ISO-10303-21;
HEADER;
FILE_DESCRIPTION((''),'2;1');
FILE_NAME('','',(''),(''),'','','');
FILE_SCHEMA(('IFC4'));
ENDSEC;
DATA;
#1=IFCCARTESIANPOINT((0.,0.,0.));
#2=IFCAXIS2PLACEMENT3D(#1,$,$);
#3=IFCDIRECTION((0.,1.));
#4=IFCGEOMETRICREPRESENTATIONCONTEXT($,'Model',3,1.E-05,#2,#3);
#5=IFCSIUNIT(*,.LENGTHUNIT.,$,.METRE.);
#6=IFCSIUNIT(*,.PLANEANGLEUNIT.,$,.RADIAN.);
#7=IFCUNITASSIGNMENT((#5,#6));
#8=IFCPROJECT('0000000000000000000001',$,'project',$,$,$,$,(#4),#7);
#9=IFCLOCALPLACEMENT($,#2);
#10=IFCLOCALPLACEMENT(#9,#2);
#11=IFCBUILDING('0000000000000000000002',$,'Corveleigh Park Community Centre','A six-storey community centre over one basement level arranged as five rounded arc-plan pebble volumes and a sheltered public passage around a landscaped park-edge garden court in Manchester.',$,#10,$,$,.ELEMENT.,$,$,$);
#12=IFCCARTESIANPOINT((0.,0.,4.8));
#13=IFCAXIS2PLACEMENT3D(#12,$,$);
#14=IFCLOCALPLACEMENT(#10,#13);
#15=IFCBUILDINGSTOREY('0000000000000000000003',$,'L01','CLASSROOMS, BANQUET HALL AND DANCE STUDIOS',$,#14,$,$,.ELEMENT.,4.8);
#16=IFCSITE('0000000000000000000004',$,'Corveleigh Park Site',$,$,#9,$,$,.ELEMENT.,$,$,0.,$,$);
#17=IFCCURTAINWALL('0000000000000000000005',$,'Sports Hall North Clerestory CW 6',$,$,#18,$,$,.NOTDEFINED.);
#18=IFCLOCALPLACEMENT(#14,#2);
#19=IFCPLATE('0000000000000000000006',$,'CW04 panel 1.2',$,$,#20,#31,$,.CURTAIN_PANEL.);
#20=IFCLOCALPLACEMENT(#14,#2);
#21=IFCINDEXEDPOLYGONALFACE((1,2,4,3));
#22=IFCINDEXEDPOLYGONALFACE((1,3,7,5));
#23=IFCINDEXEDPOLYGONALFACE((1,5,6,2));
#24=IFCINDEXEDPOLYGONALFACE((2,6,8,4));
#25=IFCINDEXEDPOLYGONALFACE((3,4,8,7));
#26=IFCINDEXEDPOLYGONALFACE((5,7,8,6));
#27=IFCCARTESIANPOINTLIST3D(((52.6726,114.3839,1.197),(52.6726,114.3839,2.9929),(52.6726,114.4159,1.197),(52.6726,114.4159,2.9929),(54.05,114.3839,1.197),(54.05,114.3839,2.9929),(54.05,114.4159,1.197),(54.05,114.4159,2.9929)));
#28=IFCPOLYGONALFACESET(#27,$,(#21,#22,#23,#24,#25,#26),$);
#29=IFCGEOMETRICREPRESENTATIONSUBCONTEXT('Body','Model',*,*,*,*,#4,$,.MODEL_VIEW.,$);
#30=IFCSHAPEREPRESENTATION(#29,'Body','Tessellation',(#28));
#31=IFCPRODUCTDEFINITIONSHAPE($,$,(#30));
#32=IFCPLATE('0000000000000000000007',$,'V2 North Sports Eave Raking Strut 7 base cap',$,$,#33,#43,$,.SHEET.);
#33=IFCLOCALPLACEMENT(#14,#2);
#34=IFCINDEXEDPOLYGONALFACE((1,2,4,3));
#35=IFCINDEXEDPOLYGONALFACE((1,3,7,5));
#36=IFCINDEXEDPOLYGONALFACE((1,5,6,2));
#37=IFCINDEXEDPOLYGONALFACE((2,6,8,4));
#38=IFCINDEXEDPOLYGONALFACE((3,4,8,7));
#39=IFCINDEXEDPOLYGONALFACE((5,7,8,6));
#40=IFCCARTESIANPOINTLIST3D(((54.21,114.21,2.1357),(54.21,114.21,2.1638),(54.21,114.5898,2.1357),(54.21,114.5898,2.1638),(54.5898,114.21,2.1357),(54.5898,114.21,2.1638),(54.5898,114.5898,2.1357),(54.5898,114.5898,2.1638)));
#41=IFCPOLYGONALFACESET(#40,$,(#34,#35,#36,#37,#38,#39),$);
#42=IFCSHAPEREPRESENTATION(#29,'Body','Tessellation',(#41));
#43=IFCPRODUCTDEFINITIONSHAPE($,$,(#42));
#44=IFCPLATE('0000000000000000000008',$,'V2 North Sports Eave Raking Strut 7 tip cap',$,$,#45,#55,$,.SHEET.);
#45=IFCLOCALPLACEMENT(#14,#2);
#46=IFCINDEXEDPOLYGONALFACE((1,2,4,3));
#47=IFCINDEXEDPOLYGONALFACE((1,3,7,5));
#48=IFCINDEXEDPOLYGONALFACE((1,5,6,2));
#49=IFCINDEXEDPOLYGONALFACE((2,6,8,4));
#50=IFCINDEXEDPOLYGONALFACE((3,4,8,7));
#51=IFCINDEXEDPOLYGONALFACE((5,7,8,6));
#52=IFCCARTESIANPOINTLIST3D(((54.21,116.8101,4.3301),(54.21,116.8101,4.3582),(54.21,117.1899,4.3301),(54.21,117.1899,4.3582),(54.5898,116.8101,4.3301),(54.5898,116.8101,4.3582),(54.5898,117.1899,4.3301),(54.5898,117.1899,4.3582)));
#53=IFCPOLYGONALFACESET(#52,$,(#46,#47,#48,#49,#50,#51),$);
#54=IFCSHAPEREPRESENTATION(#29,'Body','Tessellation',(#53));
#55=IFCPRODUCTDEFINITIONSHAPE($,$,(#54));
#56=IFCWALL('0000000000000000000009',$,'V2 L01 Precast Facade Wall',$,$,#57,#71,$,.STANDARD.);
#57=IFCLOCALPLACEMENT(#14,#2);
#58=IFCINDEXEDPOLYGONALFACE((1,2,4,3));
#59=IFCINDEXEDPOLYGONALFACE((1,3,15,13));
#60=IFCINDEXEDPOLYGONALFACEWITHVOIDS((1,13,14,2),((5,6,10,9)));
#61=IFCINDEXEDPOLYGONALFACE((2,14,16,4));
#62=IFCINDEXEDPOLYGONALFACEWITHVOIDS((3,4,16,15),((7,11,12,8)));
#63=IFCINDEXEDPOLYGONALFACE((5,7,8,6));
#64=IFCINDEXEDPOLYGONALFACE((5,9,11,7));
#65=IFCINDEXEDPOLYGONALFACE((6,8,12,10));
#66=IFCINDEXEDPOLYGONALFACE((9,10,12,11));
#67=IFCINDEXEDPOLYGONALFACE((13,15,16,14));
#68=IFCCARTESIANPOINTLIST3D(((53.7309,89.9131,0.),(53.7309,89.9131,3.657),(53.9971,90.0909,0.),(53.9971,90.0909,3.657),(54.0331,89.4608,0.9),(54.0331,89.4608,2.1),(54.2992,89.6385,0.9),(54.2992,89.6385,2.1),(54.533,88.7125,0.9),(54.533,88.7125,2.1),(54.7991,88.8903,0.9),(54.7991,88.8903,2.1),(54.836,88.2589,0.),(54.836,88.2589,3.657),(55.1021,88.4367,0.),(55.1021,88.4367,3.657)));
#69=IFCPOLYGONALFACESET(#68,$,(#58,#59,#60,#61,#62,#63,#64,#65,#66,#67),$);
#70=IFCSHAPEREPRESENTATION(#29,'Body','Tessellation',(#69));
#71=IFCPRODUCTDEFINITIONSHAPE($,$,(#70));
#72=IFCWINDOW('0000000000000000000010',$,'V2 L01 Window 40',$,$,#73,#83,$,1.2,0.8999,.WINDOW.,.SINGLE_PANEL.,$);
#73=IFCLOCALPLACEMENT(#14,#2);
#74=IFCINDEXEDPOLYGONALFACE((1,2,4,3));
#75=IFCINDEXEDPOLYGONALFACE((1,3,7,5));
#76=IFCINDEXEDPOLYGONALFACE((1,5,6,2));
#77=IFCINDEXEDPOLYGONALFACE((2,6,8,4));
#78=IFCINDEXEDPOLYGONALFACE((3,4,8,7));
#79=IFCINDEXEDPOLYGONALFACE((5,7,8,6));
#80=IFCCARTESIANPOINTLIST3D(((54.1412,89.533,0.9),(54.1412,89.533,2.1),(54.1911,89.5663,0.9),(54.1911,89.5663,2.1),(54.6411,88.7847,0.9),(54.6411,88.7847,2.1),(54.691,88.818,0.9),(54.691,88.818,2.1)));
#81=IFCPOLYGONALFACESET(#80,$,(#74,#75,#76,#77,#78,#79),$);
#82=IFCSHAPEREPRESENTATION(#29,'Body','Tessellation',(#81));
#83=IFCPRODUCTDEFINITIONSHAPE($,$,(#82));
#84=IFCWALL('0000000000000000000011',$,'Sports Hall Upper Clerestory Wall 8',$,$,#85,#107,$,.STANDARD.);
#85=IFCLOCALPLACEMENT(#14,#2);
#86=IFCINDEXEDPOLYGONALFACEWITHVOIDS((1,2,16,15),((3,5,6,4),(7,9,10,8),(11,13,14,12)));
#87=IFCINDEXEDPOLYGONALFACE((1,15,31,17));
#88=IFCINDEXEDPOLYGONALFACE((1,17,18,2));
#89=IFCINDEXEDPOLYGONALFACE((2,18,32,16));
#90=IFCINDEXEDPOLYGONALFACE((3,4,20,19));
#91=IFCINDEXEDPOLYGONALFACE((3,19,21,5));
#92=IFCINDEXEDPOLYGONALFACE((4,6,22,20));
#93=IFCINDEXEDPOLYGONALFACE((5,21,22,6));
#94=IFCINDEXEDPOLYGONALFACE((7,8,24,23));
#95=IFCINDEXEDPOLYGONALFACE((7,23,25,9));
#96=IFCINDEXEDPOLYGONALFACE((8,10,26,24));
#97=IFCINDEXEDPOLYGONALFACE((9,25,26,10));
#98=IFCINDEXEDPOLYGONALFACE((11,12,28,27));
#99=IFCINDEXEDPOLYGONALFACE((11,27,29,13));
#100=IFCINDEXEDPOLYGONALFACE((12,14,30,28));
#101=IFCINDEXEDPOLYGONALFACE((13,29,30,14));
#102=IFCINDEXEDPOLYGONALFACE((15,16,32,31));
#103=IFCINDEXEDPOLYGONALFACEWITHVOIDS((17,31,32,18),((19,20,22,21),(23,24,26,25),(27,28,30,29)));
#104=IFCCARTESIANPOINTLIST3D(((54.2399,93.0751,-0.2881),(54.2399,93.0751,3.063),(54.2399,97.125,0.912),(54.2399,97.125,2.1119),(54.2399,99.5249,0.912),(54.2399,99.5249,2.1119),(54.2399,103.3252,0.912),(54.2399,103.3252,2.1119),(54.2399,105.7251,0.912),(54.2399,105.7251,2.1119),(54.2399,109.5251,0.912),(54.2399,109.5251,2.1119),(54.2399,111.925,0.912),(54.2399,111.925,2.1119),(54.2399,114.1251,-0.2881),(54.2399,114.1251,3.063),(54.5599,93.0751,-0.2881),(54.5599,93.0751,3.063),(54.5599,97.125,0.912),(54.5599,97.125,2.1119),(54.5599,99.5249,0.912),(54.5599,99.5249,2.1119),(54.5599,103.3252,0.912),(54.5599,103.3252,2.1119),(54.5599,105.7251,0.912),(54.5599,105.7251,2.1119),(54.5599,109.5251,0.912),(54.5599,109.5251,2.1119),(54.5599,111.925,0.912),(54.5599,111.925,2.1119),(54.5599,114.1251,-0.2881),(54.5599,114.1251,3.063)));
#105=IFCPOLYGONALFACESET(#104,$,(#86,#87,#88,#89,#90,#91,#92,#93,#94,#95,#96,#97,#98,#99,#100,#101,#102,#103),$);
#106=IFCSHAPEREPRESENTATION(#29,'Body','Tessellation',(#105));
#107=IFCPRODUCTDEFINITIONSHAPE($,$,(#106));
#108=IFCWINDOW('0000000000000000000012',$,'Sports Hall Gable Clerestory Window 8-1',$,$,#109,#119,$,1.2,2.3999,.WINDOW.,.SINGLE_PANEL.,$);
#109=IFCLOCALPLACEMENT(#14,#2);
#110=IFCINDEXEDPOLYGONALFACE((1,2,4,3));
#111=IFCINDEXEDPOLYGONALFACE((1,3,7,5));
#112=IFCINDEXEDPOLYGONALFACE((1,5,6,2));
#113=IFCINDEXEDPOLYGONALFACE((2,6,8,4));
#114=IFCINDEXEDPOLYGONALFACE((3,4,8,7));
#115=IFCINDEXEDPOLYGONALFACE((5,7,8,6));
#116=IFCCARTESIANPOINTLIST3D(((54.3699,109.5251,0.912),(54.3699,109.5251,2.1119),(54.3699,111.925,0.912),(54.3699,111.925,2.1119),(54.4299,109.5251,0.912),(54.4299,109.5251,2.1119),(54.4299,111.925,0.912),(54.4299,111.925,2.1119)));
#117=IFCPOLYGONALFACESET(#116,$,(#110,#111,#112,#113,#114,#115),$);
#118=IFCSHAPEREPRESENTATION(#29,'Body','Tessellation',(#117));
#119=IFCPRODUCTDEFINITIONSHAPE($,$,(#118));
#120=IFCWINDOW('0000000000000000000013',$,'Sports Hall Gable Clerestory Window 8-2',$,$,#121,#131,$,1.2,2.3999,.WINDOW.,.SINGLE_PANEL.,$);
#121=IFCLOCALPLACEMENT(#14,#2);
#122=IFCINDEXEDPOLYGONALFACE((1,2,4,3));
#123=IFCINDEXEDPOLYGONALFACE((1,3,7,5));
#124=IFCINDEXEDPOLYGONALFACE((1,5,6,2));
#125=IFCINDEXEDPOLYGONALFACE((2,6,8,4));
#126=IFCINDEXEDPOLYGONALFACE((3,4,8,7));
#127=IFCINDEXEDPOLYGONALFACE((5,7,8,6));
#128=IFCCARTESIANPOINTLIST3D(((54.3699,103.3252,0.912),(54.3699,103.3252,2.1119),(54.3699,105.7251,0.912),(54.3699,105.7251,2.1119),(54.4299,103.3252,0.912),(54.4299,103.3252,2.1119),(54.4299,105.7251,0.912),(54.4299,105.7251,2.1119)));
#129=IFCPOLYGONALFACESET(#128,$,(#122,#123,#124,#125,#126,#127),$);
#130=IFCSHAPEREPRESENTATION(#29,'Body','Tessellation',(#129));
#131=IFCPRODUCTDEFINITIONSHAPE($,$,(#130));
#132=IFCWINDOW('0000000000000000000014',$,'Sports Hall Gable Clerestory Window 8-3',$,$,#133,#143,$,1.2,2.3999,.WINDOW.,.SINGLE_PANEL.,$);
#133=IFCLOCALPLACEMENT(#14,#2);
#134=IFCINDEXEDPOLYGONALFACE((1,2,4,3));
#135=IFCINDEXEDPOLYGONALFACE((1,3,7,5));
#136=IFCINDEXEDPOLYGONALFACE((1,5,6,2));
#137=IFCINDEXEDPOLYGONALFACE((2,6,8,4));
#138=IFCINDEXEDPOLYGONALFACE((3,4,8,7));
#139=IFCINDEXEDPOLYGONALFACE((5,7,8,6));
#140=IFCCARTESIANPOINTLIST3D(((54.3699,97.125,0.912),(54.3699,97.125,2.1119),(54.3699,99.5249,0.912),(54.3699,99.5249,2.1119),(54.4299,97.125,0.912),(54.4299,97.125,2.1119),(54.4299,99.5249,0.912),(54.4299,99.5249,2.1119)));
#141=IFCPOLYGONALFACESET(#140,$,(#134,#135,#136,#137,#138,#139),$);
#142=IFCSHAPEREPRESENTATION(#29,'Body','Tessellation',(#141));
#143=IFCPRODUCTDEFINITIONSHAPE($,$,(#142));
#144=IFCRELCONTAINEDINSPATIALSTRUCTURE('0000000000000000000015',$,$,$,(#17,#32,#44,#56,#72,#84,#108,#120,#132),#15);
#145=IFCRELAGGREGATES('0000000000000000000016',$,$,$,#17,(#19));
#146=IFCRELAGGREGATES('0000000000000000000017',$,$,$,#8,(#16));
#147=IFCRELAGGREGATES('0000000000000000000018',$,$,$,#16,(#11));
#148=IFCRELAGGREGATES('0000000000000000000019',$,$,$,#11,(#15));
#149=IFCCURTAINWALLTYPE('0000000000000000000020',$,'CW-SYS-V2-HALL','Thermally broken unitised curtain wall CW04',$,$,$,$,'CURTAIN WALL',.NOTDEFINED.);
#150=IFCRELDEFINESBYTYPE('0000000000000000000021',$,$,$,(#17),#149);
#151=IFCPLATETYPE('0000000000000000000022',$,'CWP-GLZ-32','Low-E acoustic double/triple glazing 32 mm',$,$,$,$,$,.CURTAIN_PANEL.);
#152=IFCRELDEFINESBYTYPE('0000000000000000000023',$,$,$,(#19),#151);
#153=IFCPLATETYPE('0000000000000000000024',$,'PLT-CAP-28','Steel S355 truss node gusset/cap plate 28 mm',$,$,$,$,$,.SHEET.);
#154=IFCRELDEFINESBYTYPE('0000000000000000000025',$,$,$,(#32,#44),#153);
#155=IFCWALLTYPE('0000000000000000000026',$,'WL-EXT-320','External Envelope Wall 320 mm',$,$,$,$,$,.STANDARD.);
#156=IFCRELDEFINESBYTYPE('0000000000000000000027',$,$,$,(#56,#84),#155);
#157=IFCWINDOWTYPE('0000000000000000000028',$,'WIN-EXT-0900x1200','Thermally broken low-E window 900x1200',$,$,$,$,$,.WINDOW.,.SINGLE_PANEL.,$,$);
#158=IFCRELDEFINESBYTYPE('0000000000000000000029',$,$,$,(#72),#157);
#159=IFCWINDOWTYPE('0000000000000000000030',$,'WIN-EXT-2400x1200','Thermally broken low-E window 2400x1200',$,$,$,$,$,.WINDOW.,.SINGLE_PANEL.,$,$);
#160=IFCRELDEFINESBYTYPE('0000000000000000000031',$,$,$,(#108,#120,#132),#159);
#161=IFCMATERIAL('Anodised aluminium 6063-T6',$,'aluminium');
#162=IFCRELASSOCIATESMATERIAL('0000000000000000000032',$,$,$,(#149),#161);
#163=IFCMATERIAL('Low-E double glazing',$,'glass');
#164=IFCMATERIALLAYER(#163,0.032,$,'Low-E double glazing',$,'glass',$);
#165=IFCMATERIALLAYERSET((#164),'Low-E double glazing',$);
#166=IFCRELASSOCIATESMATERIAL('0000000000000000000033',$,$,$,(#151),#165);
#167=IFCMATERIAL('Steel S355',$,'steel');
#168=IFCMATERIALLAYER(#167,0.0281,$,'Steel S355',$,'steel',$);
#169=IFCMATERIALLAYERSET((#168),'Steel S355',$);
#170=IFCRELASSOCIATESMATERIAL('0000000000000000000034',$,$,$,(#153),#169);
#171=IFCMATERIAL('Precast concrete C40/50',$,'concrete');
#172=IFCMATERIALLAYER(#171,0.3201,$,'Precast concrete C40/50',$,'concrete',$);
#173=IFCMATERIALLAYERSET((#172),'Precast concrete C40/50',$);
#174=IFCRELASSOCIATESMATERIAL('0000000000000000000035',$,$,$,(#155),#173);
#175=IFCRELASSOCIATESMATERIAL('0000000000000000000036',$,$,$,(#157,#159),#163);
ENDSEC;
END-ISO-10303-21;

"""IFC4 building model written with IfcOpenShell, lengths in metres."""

from ifc_helpers import new_model, si_unit, direction, frame, frame_2d, origin, origin_2d, place, context, subcontext, project, spatial, rectangle, extrude, material, layer, layer_set, type_object, element, fill, aggregate, save


model = new_model("IFC4")

# Units and contexts
model_context = context("Model", 3, precision=1e-05, world=origin(), true_north=direction((0.0, 1.0)))
body_context = subcontext(model_context, "Body", "Model", "MODEL_VIEW")
ifc_project = project(units=[si_unit("LENGTHUNIT", "METRE"), si_unit("PLANEANGLEUNIT", "RADIAN")], contexts=[model_context])

# Site, building, storey
site_placement = place(None, origin())
site = spatial("IfcSite", under=ifc_project, at=site_placement, Name="Corveleigh Park Site", CompositionType="ELEMENT", RefElevation=0.0)
building_placement = place(site_placement, origin())
building = spatial("IfcBuilding", under=site, at=building_placement, Name="Corveleigh Park Community Centre", Description="A six-storey community centre over one basement level arranged as five rounded arc-plan pebble volumes and a sheltered public passage around a landscaped park-edge garden court in Manchester.", CompositionType="ELEMENT")
storey_placement = place(building_placement, frame((0.0, 0.0, 4.8)))
storey = spatial("IfcBuildingStorey", under=building, at=storey_placement, Name="L01", Description="CLASSROOMS, BANQUET HALL AND DANCE STUDIOS", CompositionType="ELEMENT", Elevation=4.8)

# Shared definitions
ifc_material_1 = material(Name="Steel S355", Category="steel")

# Curtain wall
ifc_material_2 = material(Name="Anodised aluminium 6063-T6", Category="aluminium")
curtain_wall_type = type_object("IfcCurtainWallType", Name="CW-SYS-V2-HALL", Description="Thermally broken unitised curtain wall CW04", ElementType="CURTAIN WALL", PredefinedType="NOTDEFINED", material=ifc_material_2)
curtain_wall_1_placement = place(storey_placement, origin())
curtain_wall_1 = element("IfcCurtainWall", 1, at=curtain_wall_1_placement, inside=storey, type_object=curtain_wall_type, Name="Sports Hall North Clerestory CW 6", PredefinedType="NOTDEFINED")

# Plate
ifc_material_3 = material(Name="Low-E double glazing", Category="glass")
ifc_layer_1 = layer(ifc_material_3, 0.032, Name="Low-E double glazing", Category="glass")
ifc_layer_set_1 = layer_set([ifc_layer_1], Name="Low-E double glazing")
plate_type_1 = type_object("IfcPlateType", Name="CWP-GLZ-32", Description="Low-E acoustic double/triple glazing 32 mm", PredefinedType="CURTAIN_PANEL", material=ifc_layer_set_1)
plate_1_placement = place(storey_placement, frame((53.3613, 114.3999, 1.197), z_axis=(0.0, 0.0, 1.0), x_axis=(-1.0, 0.0, 0.0)))
plate_1 = element("IfcPlate", 2, at=plate_1_placement, type_object=plate_type_1, Name="CW04 panel 1.2", PredefinedType="CURTAIN_PANEL", context=body_context, shape_type="SweptSolid", body=[
    extrude(rectangle(XDim=1.3774, YDim=0.032, at=origin_2d()), origin(), (0.0, 0.0, 1.0), 1.7959),
])
aggregate(curtain_wall_1, [plate_1])

# Plates
ifc_layer_2 = layer(ifc_material_1, 0.0281, Name="Steel S355", Category="steel")
ifc_layer_set_2 = layer_set([ifc_layer_2], Name="Steel S355")
plate_type_2 = type_object("IfcPlateType", Name="PLT-CAP-28", Description="Steel S355 truss node gusset/cap plate 28 mm", PredefinedType="SHEET", material=ifc_layer_set_2)
for number, where, z_axis, x_axis, name in (
    (3, (54.3999, 114.3999, 2.1357), (0.0, 0.0, 1.0), (1.0, 0.0, 0.0), "V2 North Sports Eave Raking Strut 7 base cap"),
    (4, (54.3999, 117.0, 4.3301), (0.0, 0.0, 1.0), (1.0, 0.0, 0.0), "V2 North Sports Eave Raking Strut 7 tip cap"),
):
    element("IfcPlate", number, at=place(storey_placement, frame(where, z_axis=z_axis, x_axis=x_axis)), inside=storey, type_object=plate_type_2, Name=name, PredefinedType="SHEET", context=body_context, shape_type="SweptSolid", body=[
        extrude(rectangle(XDim=0.3799, YDim=0.3799, at=origin_2d()), origin(), (0.0, 0.0, 1.0), 0.0281),
    ])

# Wall, opening, window
ifc_material_4 = material(Name="Precast concrete C40/50", Category="concrete")
ifc_layer_3 = layer(ifc_material_4, 0.3201, Name="Precast concrete C40/50", Category="concrete")
ifc_layer_set_3 = layer_set([ifc_layer_3], Name="Precast concrete C40/50")
wall_type = type_object("IfcWallType", Name="WL-EXT-320", Description="External Envelope Wall 320 mm", PredefinedType="STANDARD", material=ifc_layer_set_3)
wall_1_placement = place(storey_placement, frame((53.864, 90.002, 0.0), z_axis=(0.0, 0.0, 1.0), x_axis=(0.555493, -0.831521, 0.0)))
wall_1 = element("IfcWall", 5, at=wall_1_placement, inside=storey, type_object=wall_type, Name="V2 L01 Precast Facade Wall", PredefinedType="STANDARD", context=body_context, shape_type="SweptSolid", body=[
    extrude(rectangle(XDim=1.9893, YDim=0.3201, at=frame_2d((0.9946, 0.0))), origin(), (0.0, 0.0, 1.0), 3.657),
])
opening_1_placement = place(wall_1_placement, frame((0.5439, 0.0, 0.8999)))
opening_1 = element("IfcOpeningElement", 6, at=opening_1_placement, cuts=wall_1, PredefinedType="OPENING", context=body_context, shape_type="SweptSolid", body=[
    extrude(rectangle(XDim=0.8999, YDim=1.2, at=frame_2d((0.45, 0.6001))), frame((0.0, 0.1699, 0.0), z_axis=(0.0, -1.0, 0.0), x_axis=(1.0, 0.0, 0.0)), (0.0, 0.0, 1.0), 0.3401),
])
window_type_1 = type_object("IfcWindowType", Name="WIN-EXT-0900x1200", Description="Thermally broken low-E window 900x1200", PartitioningType="SINGLE_PANEL", PredefinedType="WINDOW", material=ifc_material_3)
window_1_placement = place(opening_1_placement, origin())
window_1 = element("IfcWindow", 7, at=window_1_placement, inside=storey, type_object=window_type_1, Name="V2 L01 Window 40", OverallHeight=1.2, OverallWidth=0.8999, PartitioningType="SINGLE_PANEL", PredefinedType="WINDOW", context=body_context, shape_type="SweptSolid", body=[
    extrude(rectangle(XDim=0.8999, YDim=1.2, at=frame_2d((0.45, 0.6001))), frame((0.0, 0.03, 0.0), z_axis=(0.0, -1.0, 0.0), x_axis=(1.0, 0.0, 0.0)), (0.0, 0.0, 1.0), 0.0601),
])
fill(opening_1, window_1)

# Wall, openings, windows
wall_2_placement = place(storey_placement, frame((54.3999, 114.125, -0.2881), z_axis=(0.0, 0.0, 1.0), x_axis=(0.0, -1.0, 0.0)))
wall_2 = element("IfcWall", 8, at=wall_2_placement, inside=storey, type_object=wall_type, Name="Sports Hall Upper Clerestory Wall 8", PredefinedType="STANDARD", context=body_context, shape_type="SweptSolid", body=[
    extrude(rectangle(XDim=21.05, YDim=0.3201, at=frame_2d((10.5249, 0.0))), origin(), (0.0, 0.0, 1.0), 3.3511),
])
opening_2_placement = place(wall_2_placement, frame((2.2, 0.0, 1.2)))
opening_2 = element("IfcOpeningElement", 9, at=opening_2_placement, cuts=wall_2, PredefinedType="OPENING", context=body_context, shape_type="SweptSolid", body=[
    extrude(rectangle(XDim=2.3999, YDim=1.2, at=frame_2d((1.2, 0.6001))), frame((0.0, 0.1699, 0.0), z_axis=(0.0, -1.0, 0.0), x_axis=(1.0, 0.0, 0.0)), (0.0, 0.0, 1.0), 0.3401),
])
opening_3_placement = place(wall_2_placement, frame((8.3999, 0.0, 1.2)))
opening_3 = element("IfcOpeningElement", 10, at=opening_3_placement, cuts=wall_2, PredefinedType="OPENING", context=body_context, shape_type="SweptSolid", body=[
    extrude(rectangle(XDim=2.3999, YDim=1.2, at=frame_2d((1.2, 0.6001))), frame((0.0, 0.1699, 0.0), z_axis=(0.0, -1.0, 0.0), x_axis=(1.0, 0.0, 0.0)), (0.0, 0.0, 1.0), 0.3401),
])
opening_4_placement = place(wall_2_placement, frame((14.6001, 0.0, 1.2)))
opening_4 = element("IfcOpeningElement", 11, at=opening_4_placement, cuts=wall_2, PredefinedType="OPENING", context=body_context, shape_type="SweptSolid", body=[
    extrude(rectangle(XDim=2.3999, YDim=1.2, at=frame_2d((1.2, 0.6001))), frame((0.0, 0.1699, 0.0), z_axis=(0.0, -1.0, 0.0), x_axis=(1.0, 0.0, 0.0)), (0.0, 0.0, 1.0), 0.3401),
])
window_type_2 = type_object("IfcWindowType", Name="WIN-EXT-2400x1200", Description="Thermally broken low-E window 2400x1200", PartitioningType="SINGLE_PANEL", PredefinedType="WINDOW", material=ifc_material_3)
window_2_placement = place(opening_2_placement, origin())
window_2 = element("IfcWindow", 12, at=window_2_placement, inside=storey, type_object=window_type_2, Name="Sports Hall Gable Clerestory Window 8-1", OverallHeight=1.2, OverallWidth=2.3999, PartitioningType="SINGLE_PANEL", PredefinedType="WINDOW", context=body_context, shape_type="SweptSolid", body=[
    extrude(rectangle(XDim=2.3999, YDim=1.2, at=frame_2d((1.2, 0.6001))), frame((0.0, 0.03, 0.0), z_axis=(0.0, -1.0, 0.0), x_axis=(1.0, 0.0, 0.0)), (0.0, 0.0, 1.0), 0.0601),
])
fill(opening_2, window_2)
window_3_placement = place(opening_3_placement, origin())
window_3 = element("IfcWindow", 13, at=window_3_placement, inside=storey, type_object=window_type_2, Name="Sports Hall Gable Clerestory Window 8-2", OverallHeight=1.2, OverallWidth=2.3999, PartitioningType="SINGLE_PANEL", PredefinedType="WINDOW", context=body_context, shape_type="SweptSolid", body=[
    extrude(rectangle(XDim=2.3999, YDim=1.2, at=frame_2d((1.2, 0.6001))), frame((0.0, 0.03, 0.0), z_axis=(0.0, -1.0, 0.0), x_axis=(1.0, 0.0, 0.0)), (0.0, 0.0, 1.0), 0.0601),
])
fill(opening_3, window_3)
window_4_placement = place(opening_4_placement, origin())
window_4 = element("IfcWindow", 14, at=window_4_placement, inside=storey, type_object=window_type_2, Name="Sports Hall Gable Clerestory Window 8-3", OverallHeight=1.2, OverallWidth=2.3999, PartitioningType="SINGLE_PANEL", PredefinedType="WINDOW", context=body_context, shape_type="SweptSolid", body=[
    extrude(rectangle(XDim=2.3999, YDim=1.2, at=frame_2d((1.2, 0.6001))), frame((0.0, 0.03, 0.0), z_axis=(0.0, -1.0, 0.0), x_axis=(1.0, 0.0, 0.0)), (0.0, 0.0, 1.0), 0.0601),
])
fill(opening_4, window_4)

save(model, "model.ifc")
